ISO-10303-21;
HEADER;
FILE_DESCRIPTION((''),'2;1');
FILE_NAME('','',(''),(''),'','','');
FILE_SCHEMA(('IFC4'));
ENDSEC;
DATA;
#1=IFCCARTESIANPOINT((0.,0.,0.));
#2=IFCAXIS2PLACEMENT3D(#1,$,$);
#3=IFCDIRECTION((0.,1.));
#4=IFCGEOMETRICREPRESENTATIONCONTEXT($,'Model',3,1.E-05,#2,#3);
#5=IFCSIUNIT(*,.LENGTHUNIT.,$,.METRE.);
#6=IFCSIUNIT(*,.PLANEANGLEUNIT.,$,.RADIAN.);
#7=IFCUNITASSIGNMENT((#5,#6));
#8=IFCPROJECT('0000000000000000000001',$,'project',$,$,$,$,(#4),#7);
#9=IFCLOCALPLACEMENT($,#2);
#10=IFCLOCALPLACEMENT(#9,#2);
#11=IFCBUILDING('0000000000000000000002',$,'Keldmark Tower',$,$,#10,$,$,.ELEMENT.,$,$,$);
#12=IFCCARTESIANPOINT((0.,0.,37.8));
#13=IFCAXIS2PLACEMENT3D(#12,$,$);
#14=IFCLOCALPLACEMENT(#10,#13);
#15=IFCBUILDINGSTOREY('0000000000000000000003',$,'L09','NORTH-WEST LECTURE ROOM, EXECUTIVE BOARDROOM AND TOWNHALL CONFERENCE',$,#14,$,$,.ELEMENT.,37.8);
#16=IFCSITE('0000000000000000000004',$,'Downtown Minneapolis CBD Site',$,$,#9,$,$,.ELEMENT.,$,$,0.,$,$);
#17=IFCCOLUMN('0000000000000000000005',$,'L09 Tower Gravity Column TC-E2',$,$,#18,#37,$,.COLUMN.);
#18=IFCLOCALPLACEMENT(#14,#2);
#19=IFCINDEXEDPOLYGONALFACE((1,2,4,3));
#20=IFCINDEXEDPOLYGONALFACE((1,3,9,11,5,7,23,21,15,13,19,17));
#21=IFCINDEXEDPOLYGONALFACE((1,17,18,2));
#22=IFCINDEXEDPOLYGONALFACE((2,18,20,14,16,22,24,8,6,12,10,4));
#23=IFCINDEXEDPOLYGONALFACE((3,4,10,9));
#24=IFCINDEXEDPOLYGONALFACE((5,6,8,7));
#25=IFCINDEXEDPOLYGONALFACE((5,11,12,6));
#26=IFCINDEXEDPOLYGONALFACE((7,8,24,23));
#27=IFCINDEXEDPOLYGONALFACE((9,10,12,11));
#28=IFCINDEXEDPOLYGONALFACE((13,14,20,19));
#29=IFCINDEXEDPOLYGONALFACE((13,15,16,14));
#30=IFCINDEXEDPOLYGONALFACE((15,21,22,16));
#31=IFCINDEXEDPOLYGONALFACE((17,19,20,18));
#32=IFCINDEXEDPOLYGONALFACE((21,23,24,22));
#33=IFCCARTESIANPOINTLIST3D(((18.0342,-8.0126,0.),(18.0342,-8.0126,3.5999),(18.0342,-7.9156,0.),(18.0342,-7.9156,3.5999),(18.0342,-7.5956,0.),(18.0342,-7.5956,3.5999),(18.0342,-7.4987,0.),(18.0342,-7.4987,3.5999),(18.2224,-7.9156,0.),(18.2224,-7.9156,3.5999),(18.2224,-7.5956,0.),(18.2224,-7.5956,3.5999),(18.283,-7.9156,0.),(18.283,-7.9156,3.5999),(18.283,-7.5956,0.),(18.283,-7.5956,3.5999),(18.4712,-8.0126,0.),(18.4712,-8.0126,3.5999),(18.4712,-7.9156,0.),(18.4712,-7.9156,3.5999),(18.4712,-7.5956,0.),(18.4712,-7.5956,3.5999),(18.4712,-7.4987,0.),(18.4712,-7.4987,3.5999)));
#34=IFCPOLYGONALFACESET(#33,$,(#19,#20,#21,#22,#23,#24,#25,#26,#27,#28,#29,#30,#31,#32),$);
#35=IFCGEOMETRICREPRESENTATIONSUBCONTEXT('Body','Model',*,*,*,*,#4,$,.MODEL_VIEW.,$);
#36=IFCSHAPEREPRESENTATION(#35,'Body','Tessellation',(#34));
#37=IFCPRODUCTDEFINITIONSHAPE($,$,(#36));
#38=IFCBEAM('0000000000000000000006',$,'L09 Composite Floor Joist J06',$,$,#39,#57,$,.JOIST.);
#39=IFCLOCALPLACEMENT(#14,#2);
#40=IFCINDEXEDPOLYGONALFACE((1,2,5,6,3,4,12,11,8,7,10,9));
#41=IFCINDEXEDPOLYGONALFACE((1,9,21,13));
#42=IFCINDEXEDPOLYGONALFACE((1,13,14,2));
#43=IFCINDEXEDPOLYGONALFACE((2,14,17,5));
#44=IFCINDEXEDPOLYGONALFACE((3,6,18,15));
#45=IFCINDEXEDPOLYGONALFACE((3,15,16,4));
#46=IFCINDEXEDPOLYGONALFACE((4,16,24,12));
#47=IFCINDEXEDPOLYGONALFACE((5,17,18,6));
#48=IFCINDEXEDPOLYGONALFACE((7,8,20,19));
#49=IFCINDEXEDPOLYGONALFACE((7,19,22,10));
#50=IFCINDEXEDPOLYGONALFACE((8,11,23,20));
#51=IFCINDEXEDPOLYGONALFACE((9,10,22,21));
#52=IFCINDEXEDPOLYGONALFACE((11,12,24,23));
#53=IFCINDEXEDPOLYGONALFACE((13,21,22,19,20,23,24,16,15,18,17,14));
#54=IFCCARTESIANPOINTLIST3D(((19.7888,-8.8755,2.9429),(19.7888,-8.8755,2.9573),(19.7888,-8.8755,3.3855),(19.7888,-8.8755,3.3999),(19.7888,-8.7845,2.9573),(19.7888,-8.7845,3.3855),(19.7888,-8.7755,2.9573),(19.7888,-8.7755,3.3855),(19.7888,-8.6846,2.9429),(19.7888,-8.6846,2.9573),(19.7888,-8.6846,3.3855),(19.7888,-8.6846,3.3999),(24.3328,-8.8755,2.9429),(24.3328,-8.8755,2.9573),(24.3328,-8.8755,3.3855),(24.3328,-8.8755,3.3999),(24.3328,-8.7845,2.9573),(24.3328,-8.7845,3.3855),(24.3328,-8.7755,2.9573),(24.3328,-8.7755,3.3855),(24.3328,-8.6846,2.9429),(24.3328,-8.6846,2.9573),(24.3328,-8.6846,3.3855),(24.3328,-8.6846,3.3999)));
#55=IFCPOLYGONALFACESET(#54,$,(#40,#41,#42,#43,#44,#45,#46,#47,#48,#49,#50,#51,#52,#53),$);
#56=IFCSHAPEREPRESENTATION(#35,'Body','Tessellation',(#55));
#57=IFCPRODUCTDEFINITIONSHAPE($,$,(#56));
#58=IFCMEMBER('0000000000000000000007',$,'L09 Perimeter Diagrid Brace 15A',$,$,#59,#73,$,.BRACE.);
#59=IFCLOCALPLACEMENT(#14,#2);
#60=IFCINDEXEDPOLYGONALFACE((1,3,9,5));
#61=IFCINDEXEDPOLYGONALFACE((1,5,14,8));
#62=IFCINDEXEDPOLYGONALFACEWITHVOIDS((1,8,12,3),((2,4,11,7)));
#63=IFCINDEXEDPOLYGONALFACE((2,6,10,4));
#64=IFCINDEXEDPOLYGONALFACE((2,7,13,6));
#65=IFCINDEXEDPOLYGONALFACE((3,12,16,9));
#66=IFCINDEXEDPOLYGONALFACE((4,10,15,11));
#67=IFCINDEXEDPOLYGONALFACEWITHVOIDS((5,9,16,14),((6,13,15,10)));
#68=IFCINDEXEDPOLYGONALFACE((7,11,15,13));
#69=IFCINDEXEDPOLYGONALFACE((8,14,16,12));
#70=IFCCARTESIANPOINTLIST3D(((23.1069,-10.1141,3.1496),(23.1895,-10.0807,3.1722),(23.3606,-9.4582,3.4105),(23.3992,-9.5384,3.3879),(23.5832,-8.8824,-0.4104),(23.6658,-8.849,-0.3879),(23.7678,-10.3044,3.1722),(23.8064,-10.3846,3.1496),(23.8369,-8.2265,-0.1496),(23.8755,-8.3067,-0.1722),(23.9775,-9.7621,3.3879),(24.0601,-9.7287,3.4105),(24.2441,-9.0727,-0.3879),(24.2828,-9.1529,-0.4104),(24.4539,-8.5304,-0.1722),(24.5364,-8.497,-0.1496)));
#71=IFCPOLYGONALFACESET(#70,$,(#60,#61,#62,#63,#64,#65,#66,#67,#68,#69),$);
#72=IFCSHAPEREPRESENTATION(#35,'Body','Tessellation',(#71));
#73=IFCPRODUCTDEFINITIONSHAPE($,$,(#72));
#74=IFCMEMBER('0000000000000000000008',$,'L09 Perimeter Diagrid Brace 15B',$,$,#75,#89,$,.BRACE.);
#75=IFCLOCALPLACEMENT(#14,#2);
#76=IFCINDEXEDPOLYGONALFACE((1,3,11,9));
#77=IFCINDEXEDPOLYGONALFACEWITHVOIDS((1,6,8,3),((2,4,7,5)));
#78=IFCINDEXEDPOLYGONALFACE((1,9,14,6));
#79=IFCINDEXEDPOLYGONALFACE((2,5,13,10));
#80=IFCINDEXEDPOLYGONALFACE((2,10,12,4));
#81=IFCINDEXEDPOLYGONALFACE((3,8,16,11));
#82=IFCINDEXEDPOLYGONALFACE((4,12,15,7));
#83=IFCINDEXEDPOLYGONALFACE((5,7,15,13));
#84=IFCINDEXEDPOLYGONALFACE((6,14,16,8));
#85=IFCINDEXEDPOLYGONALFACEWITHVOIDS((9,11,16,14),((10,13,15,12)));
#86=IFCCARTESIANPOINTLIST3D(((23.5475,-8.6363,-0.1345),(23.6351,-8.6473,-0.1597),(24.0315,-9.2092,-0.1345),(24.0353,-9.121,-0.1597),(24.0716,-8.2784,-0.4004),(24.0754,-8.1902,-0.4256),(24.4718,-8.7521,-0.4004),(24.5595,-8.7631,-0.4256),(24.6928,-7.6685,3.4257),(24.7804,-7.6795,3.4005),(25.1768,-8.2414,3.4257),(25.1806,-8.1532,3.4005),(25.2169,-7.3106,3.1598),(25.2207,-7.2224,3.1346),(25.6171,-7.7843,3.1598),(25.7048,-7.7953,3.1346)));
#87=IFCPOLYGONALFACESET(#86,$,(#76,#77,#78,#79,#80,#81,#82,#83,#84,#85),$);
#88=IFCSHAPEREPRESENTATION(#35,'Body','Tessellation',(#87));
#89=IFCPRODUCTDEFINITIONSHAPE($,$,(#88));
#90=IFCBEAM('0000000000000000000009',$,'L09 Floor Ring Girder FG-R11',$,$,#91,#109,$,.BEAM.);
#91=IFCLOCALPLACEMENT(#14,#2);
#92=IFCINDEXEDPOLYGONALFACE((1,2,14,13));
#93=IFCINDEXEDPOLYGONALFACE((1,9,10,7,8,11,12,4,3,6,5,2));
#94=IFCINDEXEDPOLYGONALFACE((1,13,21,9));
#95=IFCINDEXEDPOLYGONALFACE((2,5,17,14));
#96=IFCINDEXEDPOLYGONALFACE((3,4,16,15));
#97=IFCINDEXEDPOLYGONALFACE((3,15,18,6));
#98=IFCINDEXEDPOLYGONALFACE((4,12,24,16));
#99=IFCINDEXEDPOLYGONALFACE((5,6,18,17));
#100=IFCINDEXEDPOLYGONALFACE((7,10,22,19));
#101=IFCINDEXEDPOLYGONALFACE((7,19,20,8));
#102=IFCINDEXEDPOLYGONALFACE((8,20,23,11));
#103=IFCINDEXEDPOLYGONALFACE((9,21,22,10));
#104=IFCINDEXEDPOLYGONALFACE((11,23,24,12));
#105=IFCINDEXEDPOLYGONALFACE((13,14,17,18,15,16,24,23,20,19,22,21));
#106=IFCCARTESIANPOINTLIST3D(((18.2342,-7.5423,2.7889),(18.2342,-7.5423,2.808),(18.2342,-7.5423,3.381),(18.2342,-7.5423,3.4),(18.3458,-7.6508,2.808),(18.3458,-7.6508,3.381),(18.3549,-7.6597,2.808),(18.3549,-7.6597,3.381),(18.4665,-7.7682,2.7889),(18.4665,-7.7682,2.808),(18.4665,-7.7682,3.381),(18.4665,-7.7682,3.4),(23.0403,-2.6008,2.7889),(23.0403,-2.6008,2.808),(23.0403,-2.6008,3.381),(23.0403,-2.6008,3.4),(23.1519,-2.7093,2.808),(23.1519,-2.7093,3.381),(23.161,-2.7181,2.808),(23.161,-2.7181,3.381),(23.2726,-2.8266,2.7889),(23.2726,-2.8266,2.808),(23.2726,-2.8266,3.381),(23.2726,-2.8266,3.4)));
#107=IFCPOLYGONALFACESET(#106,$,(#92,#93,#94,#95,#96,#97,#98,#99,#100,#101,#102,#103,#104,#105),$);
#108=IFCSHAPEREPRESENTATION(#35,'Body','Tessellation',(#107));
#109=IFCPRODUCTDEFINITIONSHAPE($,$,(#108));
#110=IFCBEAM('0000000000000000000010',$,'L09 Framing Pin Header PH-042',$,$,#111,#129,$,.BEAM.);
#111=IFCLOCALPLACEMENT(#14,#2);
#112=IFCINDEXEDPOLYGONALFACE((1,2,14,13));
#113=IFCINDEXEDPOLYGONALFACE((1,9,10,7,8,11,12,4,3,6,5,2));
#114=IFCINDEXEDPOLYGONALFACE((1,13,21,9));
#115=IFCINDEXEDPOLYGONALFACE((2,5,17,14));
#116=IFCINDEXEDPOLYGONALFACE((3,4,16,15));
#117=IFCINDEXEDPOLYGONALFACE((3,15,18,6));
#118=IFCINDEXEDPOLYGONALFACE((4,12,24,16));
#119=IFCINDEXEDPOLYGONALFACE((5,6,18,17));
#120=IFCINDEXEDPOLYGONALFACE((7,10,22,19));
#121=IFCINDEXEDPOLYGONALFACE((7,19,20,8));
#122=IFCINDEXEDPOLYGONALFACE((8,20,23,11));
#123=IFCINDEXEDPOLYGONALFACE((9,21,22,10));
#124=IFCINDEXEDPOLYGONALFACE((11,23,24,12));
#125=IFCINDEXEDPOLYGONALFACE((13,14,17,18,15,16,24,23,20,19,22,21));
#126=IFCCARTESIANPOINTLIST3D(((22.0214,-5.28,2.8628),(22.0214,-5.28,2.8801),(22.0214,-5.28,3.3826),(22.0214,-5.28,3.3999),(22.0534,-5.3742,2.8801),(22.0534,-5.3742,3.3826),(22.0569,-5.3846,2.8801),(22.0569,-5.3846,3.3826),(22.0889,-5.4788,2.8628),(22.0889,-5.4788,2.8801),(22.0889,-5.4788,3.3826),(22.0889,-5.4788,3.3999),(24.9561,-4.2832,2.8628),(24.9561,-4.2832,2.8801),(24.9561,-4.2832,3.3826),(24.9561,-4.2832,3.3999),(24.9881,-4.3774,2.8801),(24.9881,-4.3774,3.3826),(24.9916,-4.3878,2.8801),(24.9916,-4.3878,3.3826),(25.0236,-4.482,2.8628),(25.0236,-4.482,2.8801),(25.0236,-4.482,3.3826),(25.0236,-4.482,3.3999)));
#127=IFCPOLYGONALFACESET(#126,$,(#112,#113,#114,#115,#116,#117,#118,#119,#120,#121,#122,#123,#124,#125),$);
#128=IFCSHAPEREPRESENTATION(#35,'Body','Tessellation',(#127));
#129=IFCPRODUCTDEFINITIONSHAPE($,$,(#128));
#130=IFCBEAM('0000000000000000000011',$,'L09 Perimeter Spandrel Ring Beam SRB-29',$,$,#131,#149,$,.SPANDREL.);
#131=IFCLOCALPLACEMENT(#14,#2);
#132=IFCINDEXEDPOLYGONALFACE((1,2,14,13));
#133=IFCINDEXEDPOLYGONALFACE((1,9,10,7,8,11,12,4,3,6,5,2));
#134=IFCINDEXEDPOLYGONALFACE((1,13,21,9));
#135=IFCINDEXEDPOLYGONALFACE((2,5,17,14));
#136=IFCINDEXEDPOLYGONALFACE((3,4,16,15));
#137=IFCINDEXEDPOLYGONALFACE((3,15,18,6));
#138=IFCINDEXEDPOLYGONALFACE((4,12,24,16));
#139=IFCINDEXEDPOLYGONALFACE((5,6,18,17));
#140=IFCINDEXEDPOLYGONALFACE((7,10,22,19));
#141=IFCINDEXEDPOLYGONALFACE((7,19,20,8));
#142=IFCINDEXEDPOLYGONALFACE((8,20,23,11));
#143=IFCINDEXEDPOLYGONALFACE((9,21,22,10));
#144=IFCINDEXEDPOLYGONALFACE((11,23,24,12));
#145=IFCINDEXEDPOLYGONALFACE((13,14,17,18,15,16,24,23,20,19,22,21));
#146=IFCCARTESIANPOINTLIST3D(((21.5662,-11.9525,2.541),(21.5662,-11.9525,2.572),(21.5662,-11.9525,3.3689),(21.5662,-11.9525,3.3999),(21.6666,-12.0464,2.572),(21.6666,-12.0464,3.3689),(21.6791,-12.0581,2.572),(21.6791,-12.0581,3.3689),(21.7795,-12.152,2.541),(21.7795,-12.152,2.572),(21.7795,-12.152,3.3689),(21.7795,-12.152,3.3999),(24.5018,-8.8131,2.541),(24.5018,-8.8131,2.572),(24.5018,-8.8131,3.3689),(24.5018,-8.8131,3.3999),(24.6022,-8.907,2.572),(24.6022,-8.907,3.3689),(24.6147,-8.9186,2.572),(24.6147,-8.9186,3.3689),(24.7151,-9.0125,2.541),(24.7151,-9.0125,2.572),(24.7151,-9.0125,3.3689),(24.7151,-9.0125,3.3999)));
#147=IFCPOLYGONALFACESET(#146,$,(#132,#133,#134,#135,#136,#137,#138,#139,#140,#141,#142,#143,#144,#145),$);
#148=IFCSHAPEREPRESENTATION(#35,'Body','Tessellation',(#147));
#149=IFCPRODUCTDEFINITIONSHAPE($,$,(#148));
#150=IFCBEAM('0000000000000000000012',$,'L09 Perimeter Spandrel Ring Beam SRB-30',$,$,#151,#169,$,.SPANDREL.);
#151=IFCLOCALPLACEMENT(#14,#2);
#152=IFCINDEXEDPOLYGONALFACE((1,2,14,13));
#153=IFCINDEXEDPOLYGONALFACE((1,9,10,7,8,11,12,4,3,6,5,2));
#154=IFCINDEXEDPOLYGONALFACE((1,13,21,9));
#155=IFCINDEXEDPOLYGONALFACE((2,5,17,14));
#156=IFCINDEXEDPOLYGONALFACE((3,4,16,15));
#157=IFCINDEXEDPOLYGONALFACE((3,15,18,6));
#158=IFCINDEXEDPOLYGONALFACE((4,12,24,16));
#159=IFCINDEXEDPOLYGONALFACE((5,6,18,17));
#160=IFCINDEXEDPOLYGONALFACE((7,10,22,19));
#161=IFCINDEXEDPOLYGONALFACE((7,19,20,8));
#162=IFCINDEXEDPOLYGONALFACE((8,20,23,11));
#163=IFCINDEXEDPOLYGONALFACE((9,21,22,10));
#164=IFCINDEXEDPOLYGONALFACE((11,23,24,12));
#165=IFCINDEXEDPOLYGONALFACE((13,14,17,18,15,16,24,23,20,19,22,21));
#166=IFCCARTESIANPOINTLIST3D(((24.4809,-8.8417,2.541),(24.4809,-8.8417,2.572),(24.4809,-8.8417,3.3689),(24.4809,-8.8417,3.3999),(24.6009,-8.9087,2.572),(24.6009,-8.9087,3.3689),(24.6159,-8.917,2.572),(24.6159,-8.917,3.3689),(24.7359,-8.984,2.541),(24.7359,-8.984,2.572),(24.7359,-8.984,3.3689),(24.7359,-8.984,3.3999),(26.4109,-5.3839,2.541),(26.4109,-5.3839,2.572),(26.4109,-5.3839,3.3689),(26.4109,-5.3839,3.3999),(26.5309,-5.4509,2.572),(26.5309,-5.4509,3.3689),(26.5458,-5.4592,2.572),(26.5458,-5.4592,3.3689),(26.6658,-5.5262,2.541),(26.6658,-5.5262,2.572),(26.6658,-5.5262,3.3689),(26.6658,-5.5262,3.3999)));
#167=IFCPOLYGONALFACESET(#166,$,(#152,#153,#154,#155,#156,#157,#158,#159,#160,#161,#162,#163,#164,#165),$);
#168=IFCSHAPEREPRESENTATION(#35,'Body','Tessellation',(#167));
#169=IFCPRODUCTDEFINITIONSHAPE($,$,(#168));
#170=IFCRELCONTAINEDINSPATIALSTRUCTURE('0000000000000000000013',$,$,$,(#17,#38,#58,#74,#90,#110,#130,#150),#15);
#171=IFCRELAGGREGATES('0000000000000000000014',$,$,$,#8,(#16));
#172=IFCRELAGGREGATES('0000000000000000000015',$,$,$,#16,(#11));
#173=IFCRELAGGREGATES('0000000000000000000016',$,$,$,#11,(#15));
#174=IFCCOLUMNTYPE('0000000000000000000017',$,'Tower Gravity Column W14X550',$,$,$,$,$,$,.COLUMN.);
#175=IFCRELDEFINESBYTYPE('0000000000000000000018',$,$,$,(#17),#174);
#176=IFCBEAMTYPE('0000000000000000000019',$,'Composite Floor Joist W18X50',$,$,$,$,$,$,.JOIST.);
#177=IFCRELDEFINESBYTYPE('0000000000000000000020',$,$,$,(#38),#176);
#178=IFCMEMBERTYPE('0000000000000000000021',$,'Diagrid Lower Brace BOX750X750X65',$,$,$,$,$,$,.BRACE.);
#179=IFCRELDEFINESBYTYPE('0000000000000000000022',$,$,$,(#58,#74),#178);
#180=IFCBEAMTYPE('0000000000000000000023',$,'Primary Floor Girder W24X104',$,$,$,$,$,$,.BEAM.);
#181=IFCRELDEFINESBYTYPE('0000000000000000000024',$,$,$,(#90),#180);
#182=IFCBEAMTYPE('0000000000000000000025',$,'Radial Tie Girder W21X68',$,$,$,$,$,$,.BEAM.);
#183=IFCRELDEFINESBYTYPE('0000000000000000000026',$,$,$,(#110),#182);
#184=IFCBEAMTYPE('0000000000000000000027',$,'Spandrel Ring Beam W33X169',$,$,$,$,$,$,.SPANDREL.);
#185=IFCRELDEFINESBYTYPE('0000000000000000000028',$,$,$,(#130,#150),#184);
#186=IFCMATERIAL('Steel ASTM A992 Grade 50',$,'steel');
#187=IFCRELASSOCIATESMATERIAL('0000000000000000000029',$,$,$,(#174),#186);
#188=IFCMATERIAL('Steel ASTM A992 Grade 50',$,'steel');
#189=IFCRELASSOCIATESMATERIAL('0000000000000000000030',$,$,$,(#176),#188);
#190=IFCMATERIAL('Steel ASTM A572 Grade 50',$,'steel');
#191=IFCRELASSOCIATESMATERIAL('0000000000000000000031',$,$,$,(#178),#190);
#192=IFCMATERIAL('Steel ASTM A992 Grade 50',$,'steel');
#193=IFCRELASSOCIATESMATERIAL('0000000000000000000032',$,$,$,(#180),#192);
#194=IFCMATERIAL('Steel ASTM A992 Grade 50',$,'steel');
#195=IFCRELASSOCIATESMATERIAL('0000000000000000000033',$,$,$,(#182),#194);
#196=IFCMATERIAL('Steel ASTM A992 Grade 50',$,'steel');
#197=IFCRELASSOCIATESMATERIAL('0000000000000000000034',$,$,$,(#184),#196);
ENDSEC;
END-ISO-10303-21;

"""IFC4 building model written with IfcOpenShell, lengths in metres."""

from ifc_helpers import new_model, si_unit, direction, frame, origin, origin_2d, place, context, subcontext, project, spatial, hollow_rectangle, i_section, extrude, material, material_profile, profile_set, type_object, element, save


model = new_model("IFC4")

# Units and contexts
model_context = context("Model", 3, precision=1e-05, world=origin(), true_north=direction((0.0, 1.0)))
body_context = subcontext(model_context, "Body", "Model", "MODEL_VIEW")
ifc_project = project(units=[si_unit("LENGTHUNIT", "METRE"), si_unit("PLANEANGLEUNIT", "RADIAN")], contexts=[model_context])

# Site, building, storey
site_placement = place(None, origin())
site = spatial("IfcSite", under=ifc_project, at=site_placement, Name="Downtown Minneapolis CBD Site", CompositionType="ELEMENT", RefElevation=0.0)
building_placement = place(site_placement, origin())
building = spatial("IfcBuilding", under=site, at=building_placement, Name="Keldmark Tower", CompositionType="ELEMENT")
storey_placement = place(building_placement, frame((0.0, 0.0, 37.8)))
storey = spatial("IfcBuildingStorey", under=building, at=storey_placement, Name="L09", Description="NORTH-WEST LECTURE ROOM, EXECUTIVE BOARDROOM AND TOWNHALL CONFERENCE", CompositionType="ELEMENT", Elevation=37.8)

# Column
ifc_material_1 = material(Name="Steel ASTM A992 Grade 50", Category="steel")
ifc_material_profile_1 = material_profile(ifc_material_1, i_section(OverallWidth=0.437, OverallDepth=0.5139, WebThickness=0.0605, FlangeThickness=0.0969, at=origin_2d()), Name="W14X550")
ifc_profile_set_1 = profile_set([ifc_material_profile_1], Name="Steel ASTM A992 Grade 50")
column_type = type_object("IfcColumnType", Name="Tower Gravity Column W14X550", PredefinedType="COLUMN", material=ifc_profile_set_1)
column_placement = place(storey_placement, frame((18.2527, -7.7556, 0.0), z_axis=(0.0, 0.0, 1.0), x_axis=(1.0, 0.0, 0.0)))
element("IfcColumn", 1, at=column_placement, inside=storey, type_object=column_type, Name="L09 Tower Gravity Column TC-E2", PredefinedType="COLUMN", context=body_context, shape_type="SweptSolid", body=[
    extrude(i_section(OverallWidth=0.437, OverallDepth=0.5139, WebThickness=0.0605, FlangeThickness=0.0969, at=origin_2d()), origin(), (0.0, 0.0, 1.0), 3.5999),
])

# Beam
ifc_material_2 = material(Name="Steel ASTM A992 Grade 50", Category="steel")
ifc_material_profile_2 = material_profile(ifc_material_2, i_section(OverallWidth=0.1909, OverallDepth=0.457, WebThickness=0.009, FlangeThickness=0.0144, at=origin_2d()), Name="W18X50")
ifc_profile_set_2 = profile_set([ifc_material_profile_2], Name="Steel ASTM A992 Grade 50")
beam_type_1 = type_object("IfcBeamType", Name="Composite Floor Joist W18X50", PredefinedType="JOIST", material=ifc_profile_set_2)
beam_1_placement = place(storey_placement, frame((19.7888, -8.78, 3.1714), z_axis=(1.0, 0.0, 0.0), x_axis=(0.0, 1.0, 0.0)))
element("IfcBeam", 2, at=beam_1_placement, inside=storey, type_object=beam_type_1, Name="L09 Composite Floor Joist J06", PredefinedType="JOIST", context=body_context, shape_type="SweptSolid", body=[
    extrude(i_section(OverallWidth=0.1909, OverallDepth=0.457, WebThickness=0.009, FlangeThickness=0.0144, at=origin_2d()), origin(), (0.0, 0.0, 1.0), 4.5439),
])

# Members
ifc_material_3 = material(Name="Steel ASTM A572 Grade 50", Category="steel")
ifc_material_profile_3 = material_profile(ifc_material_3, hollow_rectangle(XDim=0.75, YDim=0.75, WallThickness=0.0649, at=origin_2d()), Name="BOX750X750X65")
ifc_profile_set_3 = profile_set([ifc_material_profile_3], Name="Steel ASTM A572 Grade 50")
member_type = type_object("IfcMemberType", Name="Diagrid Lower Brace BOX750X750X65", PredefinedType="BRACE", material=ifc_profile_set_3)
member_1_placement = place(storey_placement, frame((24.0598, -8.6897, -0.28), z_axis=(-0.125443, -0.324377, 0.937573), x_axis=(0.932687, -0.360688, 0.0)))
element("IfcMember", 3, at=member_1_placement, inside=storey, type_object=member_type, Name="L09 Perimeter Diagrid Brace 15A", PredefinedType="BRACE", context=body_context, shape_type="SweptSolid", body=[
    extrude(hollow_rectangle(XDim=0.75, YDim=0.75, WallThickness=0.0649, at=origin_2d()), origin(), (0.0, 0.0, 1.0), 3.7971),
])
member_2_placement = place(storey_placement, frame((24.0535, -8.6997, -0.28), z_axis=(0.296475, 0.250528, 0.921595), x_axis=(-0.645438, 0.763812, 0.0)))
element("IfcMember", 4, at=member_2_placement, inside=storey, type_object=member_type, Name="L09 Perimeter Diagrid Brace 15B", PredefinedType="BRACE", context=body_context, shape_type="SweptSolid", body=[
    extrude(hollow_rectangle(XDim=0.75, YDim=0.75, WallThickness=0.0649, at=origin_2d()), origin(), (0.0, 0.0, 1.0), 3.863),
])

# Beams
ifc_material_4 = material(Name="Steel ASTM A992 Grade 50", Category="steel")
ifc_material_profile_4 = material_profile(ifc_material_4, i_section(OverallWidth=0.324, OverallDepth=0.6111, WebThickness=0.0127, FlangeThickness=0.019, at=origin_2d()), Name="W24X104")
ifc_profile_set_4 = profile_set([ifc_material_profile_4], Name="Steel ASTM A992 Grade 50")
beam_type_2 = type_object("IfcBeamType", Name="Primary Floor Girder W24X104", PredefinedType="BEAM", material=ifc_profile_set_4)
beam_2_placement = place(storey_placement, frame((18.3503, -7.6553, 3.0945), z_axis=(0.69721, 0.716867, 0.0), x_axis=(-0.716867, 0.69721, 0.0)))
element("IfcBeam", 5, at=beam_2_placement, inside=storey, type_object=beam_type_2, Name="L09 Floor Ring Girder FG-R11", PredefinedType="BEAM", context=body_context, shape_type="SweptSolid", body=[
    extrude(i_section(OverallWidth=0.324, OverallDepth=0.6111, WebThickness=0.0127, FlangeThickness=0.019, at=origin_2d()), origin(), (0.0, 0.0, 1.0), 6.8933),
])
ifc_material_5 = material(Name="Steel ASTM A992 Grade 50", Category="steel")
ifc_material_profile_5 = material_profile(ifc_material_5, i_section(OverallWidth=0.21, OverallDepth=0.5371, WebThickness=0.011, FlangeThickness=0.0173, at=origin_2d()), Name="W21X68")
ifc_profile_set_5 = profile_set([ifc_material_profile_5], Name="Steel ASTM A992 Grade 50")
beam_type_3 = type_object("IfcBeamType", Name="Radial Tie Girder W21X68", PredefinedType="BEAM", material=ifc_profile_set_5)
beam_3_placement = place(storey_placement, frame((22.0552, -5.3794, 3.1313), z_axis=(0.946872, 0.32161, 0.0), x_axis=(-0.32161, 0.946872, 0.0)))
element("IfcBeam", 6, at=beam_3_placement, inside=storey, type_object=beam_type_3, Name="L09 Framing Pin Header PH-042", PredefinedType="BEAM", context=body_context, shape_type="SweptSolid", body=[
    extrude(i_section(OverallWidth=0.21, OverallDepth=0.5371, WebThickness=0.011, FlangeThickness=0.0173, at=origin_2d()), origin(), (0.0, 0.0, 1.0), 3.0994),
])
ifc_material_6 = material(Name="Steel ASTM A992 Grade 50", Category="steel")
ifc_material_profile_6 = material_profile(ifc_material_6, i_section(OverallWidth=0.292, OverallDepth=0.8589, WebThickness=0.0171, FlangeThickness=0.031, at=origin_2d()), Name="W33X169")
ifc_profile_set_6 = profile_set([ifc_material_profile_6], Name="Steel ASTM A992 Grade 50")
beam_type_4 = type_object("IfcBeamType", Name="Spandrel Ring Beam W33X169", PredefinedType="SPANDREL", material=ifc_profile_set_6)
beam_4_placement = place(storey_placement, frame((21.6729, -12.0522, 2.9705), z_axis=(0.682994, 0.730424, 0.0), x_axis=(-0.730424, 0.682994, 0.0)))
element("IfcBeam", 7, at=beam_4_placement, inside=storey, type_object=beam_type_4, Name="L09 Perimeter Spandrel Ring Beam SRB-29", PredefinedType="SPANDREL", context=body_context, shape_type="SweptSolid", body=[
    extrude(i_section(OverallWidth=0.292, OverallDepth=0.8589, WebThickness=0.0171, FlangeThickness=0.031, at=origin_2d()), origin(), (0.0, 0.0, 1.0), 4.2981),
])
beam_5_placement = place(storey_placement, frame((24.6084, -8.9128, 2.9705), z_axis=(0.487369, 0.873196, 0.0), x_axis=(-0.873196, 0.487369, 0.0)))
element("IfcBeam", 8, at=beam_5_placement, inside=storey, type_object=beam_type_4, Name="L09 Perimeter Spandrel Ring Beam SRB-30", PredefinedType="SPANDREL", context=body_context, shape_type="SweptSolid", body=[
    extrude(i_section(OverallWidth=0.292, OverallDepth=0.8589, WebThickness=0.0171, FlangeThickness=0.031, at=origin_2d()), origin(), (0.0, 0.0, 1.0), 3.96),
])

save(model, "model.ifc")
